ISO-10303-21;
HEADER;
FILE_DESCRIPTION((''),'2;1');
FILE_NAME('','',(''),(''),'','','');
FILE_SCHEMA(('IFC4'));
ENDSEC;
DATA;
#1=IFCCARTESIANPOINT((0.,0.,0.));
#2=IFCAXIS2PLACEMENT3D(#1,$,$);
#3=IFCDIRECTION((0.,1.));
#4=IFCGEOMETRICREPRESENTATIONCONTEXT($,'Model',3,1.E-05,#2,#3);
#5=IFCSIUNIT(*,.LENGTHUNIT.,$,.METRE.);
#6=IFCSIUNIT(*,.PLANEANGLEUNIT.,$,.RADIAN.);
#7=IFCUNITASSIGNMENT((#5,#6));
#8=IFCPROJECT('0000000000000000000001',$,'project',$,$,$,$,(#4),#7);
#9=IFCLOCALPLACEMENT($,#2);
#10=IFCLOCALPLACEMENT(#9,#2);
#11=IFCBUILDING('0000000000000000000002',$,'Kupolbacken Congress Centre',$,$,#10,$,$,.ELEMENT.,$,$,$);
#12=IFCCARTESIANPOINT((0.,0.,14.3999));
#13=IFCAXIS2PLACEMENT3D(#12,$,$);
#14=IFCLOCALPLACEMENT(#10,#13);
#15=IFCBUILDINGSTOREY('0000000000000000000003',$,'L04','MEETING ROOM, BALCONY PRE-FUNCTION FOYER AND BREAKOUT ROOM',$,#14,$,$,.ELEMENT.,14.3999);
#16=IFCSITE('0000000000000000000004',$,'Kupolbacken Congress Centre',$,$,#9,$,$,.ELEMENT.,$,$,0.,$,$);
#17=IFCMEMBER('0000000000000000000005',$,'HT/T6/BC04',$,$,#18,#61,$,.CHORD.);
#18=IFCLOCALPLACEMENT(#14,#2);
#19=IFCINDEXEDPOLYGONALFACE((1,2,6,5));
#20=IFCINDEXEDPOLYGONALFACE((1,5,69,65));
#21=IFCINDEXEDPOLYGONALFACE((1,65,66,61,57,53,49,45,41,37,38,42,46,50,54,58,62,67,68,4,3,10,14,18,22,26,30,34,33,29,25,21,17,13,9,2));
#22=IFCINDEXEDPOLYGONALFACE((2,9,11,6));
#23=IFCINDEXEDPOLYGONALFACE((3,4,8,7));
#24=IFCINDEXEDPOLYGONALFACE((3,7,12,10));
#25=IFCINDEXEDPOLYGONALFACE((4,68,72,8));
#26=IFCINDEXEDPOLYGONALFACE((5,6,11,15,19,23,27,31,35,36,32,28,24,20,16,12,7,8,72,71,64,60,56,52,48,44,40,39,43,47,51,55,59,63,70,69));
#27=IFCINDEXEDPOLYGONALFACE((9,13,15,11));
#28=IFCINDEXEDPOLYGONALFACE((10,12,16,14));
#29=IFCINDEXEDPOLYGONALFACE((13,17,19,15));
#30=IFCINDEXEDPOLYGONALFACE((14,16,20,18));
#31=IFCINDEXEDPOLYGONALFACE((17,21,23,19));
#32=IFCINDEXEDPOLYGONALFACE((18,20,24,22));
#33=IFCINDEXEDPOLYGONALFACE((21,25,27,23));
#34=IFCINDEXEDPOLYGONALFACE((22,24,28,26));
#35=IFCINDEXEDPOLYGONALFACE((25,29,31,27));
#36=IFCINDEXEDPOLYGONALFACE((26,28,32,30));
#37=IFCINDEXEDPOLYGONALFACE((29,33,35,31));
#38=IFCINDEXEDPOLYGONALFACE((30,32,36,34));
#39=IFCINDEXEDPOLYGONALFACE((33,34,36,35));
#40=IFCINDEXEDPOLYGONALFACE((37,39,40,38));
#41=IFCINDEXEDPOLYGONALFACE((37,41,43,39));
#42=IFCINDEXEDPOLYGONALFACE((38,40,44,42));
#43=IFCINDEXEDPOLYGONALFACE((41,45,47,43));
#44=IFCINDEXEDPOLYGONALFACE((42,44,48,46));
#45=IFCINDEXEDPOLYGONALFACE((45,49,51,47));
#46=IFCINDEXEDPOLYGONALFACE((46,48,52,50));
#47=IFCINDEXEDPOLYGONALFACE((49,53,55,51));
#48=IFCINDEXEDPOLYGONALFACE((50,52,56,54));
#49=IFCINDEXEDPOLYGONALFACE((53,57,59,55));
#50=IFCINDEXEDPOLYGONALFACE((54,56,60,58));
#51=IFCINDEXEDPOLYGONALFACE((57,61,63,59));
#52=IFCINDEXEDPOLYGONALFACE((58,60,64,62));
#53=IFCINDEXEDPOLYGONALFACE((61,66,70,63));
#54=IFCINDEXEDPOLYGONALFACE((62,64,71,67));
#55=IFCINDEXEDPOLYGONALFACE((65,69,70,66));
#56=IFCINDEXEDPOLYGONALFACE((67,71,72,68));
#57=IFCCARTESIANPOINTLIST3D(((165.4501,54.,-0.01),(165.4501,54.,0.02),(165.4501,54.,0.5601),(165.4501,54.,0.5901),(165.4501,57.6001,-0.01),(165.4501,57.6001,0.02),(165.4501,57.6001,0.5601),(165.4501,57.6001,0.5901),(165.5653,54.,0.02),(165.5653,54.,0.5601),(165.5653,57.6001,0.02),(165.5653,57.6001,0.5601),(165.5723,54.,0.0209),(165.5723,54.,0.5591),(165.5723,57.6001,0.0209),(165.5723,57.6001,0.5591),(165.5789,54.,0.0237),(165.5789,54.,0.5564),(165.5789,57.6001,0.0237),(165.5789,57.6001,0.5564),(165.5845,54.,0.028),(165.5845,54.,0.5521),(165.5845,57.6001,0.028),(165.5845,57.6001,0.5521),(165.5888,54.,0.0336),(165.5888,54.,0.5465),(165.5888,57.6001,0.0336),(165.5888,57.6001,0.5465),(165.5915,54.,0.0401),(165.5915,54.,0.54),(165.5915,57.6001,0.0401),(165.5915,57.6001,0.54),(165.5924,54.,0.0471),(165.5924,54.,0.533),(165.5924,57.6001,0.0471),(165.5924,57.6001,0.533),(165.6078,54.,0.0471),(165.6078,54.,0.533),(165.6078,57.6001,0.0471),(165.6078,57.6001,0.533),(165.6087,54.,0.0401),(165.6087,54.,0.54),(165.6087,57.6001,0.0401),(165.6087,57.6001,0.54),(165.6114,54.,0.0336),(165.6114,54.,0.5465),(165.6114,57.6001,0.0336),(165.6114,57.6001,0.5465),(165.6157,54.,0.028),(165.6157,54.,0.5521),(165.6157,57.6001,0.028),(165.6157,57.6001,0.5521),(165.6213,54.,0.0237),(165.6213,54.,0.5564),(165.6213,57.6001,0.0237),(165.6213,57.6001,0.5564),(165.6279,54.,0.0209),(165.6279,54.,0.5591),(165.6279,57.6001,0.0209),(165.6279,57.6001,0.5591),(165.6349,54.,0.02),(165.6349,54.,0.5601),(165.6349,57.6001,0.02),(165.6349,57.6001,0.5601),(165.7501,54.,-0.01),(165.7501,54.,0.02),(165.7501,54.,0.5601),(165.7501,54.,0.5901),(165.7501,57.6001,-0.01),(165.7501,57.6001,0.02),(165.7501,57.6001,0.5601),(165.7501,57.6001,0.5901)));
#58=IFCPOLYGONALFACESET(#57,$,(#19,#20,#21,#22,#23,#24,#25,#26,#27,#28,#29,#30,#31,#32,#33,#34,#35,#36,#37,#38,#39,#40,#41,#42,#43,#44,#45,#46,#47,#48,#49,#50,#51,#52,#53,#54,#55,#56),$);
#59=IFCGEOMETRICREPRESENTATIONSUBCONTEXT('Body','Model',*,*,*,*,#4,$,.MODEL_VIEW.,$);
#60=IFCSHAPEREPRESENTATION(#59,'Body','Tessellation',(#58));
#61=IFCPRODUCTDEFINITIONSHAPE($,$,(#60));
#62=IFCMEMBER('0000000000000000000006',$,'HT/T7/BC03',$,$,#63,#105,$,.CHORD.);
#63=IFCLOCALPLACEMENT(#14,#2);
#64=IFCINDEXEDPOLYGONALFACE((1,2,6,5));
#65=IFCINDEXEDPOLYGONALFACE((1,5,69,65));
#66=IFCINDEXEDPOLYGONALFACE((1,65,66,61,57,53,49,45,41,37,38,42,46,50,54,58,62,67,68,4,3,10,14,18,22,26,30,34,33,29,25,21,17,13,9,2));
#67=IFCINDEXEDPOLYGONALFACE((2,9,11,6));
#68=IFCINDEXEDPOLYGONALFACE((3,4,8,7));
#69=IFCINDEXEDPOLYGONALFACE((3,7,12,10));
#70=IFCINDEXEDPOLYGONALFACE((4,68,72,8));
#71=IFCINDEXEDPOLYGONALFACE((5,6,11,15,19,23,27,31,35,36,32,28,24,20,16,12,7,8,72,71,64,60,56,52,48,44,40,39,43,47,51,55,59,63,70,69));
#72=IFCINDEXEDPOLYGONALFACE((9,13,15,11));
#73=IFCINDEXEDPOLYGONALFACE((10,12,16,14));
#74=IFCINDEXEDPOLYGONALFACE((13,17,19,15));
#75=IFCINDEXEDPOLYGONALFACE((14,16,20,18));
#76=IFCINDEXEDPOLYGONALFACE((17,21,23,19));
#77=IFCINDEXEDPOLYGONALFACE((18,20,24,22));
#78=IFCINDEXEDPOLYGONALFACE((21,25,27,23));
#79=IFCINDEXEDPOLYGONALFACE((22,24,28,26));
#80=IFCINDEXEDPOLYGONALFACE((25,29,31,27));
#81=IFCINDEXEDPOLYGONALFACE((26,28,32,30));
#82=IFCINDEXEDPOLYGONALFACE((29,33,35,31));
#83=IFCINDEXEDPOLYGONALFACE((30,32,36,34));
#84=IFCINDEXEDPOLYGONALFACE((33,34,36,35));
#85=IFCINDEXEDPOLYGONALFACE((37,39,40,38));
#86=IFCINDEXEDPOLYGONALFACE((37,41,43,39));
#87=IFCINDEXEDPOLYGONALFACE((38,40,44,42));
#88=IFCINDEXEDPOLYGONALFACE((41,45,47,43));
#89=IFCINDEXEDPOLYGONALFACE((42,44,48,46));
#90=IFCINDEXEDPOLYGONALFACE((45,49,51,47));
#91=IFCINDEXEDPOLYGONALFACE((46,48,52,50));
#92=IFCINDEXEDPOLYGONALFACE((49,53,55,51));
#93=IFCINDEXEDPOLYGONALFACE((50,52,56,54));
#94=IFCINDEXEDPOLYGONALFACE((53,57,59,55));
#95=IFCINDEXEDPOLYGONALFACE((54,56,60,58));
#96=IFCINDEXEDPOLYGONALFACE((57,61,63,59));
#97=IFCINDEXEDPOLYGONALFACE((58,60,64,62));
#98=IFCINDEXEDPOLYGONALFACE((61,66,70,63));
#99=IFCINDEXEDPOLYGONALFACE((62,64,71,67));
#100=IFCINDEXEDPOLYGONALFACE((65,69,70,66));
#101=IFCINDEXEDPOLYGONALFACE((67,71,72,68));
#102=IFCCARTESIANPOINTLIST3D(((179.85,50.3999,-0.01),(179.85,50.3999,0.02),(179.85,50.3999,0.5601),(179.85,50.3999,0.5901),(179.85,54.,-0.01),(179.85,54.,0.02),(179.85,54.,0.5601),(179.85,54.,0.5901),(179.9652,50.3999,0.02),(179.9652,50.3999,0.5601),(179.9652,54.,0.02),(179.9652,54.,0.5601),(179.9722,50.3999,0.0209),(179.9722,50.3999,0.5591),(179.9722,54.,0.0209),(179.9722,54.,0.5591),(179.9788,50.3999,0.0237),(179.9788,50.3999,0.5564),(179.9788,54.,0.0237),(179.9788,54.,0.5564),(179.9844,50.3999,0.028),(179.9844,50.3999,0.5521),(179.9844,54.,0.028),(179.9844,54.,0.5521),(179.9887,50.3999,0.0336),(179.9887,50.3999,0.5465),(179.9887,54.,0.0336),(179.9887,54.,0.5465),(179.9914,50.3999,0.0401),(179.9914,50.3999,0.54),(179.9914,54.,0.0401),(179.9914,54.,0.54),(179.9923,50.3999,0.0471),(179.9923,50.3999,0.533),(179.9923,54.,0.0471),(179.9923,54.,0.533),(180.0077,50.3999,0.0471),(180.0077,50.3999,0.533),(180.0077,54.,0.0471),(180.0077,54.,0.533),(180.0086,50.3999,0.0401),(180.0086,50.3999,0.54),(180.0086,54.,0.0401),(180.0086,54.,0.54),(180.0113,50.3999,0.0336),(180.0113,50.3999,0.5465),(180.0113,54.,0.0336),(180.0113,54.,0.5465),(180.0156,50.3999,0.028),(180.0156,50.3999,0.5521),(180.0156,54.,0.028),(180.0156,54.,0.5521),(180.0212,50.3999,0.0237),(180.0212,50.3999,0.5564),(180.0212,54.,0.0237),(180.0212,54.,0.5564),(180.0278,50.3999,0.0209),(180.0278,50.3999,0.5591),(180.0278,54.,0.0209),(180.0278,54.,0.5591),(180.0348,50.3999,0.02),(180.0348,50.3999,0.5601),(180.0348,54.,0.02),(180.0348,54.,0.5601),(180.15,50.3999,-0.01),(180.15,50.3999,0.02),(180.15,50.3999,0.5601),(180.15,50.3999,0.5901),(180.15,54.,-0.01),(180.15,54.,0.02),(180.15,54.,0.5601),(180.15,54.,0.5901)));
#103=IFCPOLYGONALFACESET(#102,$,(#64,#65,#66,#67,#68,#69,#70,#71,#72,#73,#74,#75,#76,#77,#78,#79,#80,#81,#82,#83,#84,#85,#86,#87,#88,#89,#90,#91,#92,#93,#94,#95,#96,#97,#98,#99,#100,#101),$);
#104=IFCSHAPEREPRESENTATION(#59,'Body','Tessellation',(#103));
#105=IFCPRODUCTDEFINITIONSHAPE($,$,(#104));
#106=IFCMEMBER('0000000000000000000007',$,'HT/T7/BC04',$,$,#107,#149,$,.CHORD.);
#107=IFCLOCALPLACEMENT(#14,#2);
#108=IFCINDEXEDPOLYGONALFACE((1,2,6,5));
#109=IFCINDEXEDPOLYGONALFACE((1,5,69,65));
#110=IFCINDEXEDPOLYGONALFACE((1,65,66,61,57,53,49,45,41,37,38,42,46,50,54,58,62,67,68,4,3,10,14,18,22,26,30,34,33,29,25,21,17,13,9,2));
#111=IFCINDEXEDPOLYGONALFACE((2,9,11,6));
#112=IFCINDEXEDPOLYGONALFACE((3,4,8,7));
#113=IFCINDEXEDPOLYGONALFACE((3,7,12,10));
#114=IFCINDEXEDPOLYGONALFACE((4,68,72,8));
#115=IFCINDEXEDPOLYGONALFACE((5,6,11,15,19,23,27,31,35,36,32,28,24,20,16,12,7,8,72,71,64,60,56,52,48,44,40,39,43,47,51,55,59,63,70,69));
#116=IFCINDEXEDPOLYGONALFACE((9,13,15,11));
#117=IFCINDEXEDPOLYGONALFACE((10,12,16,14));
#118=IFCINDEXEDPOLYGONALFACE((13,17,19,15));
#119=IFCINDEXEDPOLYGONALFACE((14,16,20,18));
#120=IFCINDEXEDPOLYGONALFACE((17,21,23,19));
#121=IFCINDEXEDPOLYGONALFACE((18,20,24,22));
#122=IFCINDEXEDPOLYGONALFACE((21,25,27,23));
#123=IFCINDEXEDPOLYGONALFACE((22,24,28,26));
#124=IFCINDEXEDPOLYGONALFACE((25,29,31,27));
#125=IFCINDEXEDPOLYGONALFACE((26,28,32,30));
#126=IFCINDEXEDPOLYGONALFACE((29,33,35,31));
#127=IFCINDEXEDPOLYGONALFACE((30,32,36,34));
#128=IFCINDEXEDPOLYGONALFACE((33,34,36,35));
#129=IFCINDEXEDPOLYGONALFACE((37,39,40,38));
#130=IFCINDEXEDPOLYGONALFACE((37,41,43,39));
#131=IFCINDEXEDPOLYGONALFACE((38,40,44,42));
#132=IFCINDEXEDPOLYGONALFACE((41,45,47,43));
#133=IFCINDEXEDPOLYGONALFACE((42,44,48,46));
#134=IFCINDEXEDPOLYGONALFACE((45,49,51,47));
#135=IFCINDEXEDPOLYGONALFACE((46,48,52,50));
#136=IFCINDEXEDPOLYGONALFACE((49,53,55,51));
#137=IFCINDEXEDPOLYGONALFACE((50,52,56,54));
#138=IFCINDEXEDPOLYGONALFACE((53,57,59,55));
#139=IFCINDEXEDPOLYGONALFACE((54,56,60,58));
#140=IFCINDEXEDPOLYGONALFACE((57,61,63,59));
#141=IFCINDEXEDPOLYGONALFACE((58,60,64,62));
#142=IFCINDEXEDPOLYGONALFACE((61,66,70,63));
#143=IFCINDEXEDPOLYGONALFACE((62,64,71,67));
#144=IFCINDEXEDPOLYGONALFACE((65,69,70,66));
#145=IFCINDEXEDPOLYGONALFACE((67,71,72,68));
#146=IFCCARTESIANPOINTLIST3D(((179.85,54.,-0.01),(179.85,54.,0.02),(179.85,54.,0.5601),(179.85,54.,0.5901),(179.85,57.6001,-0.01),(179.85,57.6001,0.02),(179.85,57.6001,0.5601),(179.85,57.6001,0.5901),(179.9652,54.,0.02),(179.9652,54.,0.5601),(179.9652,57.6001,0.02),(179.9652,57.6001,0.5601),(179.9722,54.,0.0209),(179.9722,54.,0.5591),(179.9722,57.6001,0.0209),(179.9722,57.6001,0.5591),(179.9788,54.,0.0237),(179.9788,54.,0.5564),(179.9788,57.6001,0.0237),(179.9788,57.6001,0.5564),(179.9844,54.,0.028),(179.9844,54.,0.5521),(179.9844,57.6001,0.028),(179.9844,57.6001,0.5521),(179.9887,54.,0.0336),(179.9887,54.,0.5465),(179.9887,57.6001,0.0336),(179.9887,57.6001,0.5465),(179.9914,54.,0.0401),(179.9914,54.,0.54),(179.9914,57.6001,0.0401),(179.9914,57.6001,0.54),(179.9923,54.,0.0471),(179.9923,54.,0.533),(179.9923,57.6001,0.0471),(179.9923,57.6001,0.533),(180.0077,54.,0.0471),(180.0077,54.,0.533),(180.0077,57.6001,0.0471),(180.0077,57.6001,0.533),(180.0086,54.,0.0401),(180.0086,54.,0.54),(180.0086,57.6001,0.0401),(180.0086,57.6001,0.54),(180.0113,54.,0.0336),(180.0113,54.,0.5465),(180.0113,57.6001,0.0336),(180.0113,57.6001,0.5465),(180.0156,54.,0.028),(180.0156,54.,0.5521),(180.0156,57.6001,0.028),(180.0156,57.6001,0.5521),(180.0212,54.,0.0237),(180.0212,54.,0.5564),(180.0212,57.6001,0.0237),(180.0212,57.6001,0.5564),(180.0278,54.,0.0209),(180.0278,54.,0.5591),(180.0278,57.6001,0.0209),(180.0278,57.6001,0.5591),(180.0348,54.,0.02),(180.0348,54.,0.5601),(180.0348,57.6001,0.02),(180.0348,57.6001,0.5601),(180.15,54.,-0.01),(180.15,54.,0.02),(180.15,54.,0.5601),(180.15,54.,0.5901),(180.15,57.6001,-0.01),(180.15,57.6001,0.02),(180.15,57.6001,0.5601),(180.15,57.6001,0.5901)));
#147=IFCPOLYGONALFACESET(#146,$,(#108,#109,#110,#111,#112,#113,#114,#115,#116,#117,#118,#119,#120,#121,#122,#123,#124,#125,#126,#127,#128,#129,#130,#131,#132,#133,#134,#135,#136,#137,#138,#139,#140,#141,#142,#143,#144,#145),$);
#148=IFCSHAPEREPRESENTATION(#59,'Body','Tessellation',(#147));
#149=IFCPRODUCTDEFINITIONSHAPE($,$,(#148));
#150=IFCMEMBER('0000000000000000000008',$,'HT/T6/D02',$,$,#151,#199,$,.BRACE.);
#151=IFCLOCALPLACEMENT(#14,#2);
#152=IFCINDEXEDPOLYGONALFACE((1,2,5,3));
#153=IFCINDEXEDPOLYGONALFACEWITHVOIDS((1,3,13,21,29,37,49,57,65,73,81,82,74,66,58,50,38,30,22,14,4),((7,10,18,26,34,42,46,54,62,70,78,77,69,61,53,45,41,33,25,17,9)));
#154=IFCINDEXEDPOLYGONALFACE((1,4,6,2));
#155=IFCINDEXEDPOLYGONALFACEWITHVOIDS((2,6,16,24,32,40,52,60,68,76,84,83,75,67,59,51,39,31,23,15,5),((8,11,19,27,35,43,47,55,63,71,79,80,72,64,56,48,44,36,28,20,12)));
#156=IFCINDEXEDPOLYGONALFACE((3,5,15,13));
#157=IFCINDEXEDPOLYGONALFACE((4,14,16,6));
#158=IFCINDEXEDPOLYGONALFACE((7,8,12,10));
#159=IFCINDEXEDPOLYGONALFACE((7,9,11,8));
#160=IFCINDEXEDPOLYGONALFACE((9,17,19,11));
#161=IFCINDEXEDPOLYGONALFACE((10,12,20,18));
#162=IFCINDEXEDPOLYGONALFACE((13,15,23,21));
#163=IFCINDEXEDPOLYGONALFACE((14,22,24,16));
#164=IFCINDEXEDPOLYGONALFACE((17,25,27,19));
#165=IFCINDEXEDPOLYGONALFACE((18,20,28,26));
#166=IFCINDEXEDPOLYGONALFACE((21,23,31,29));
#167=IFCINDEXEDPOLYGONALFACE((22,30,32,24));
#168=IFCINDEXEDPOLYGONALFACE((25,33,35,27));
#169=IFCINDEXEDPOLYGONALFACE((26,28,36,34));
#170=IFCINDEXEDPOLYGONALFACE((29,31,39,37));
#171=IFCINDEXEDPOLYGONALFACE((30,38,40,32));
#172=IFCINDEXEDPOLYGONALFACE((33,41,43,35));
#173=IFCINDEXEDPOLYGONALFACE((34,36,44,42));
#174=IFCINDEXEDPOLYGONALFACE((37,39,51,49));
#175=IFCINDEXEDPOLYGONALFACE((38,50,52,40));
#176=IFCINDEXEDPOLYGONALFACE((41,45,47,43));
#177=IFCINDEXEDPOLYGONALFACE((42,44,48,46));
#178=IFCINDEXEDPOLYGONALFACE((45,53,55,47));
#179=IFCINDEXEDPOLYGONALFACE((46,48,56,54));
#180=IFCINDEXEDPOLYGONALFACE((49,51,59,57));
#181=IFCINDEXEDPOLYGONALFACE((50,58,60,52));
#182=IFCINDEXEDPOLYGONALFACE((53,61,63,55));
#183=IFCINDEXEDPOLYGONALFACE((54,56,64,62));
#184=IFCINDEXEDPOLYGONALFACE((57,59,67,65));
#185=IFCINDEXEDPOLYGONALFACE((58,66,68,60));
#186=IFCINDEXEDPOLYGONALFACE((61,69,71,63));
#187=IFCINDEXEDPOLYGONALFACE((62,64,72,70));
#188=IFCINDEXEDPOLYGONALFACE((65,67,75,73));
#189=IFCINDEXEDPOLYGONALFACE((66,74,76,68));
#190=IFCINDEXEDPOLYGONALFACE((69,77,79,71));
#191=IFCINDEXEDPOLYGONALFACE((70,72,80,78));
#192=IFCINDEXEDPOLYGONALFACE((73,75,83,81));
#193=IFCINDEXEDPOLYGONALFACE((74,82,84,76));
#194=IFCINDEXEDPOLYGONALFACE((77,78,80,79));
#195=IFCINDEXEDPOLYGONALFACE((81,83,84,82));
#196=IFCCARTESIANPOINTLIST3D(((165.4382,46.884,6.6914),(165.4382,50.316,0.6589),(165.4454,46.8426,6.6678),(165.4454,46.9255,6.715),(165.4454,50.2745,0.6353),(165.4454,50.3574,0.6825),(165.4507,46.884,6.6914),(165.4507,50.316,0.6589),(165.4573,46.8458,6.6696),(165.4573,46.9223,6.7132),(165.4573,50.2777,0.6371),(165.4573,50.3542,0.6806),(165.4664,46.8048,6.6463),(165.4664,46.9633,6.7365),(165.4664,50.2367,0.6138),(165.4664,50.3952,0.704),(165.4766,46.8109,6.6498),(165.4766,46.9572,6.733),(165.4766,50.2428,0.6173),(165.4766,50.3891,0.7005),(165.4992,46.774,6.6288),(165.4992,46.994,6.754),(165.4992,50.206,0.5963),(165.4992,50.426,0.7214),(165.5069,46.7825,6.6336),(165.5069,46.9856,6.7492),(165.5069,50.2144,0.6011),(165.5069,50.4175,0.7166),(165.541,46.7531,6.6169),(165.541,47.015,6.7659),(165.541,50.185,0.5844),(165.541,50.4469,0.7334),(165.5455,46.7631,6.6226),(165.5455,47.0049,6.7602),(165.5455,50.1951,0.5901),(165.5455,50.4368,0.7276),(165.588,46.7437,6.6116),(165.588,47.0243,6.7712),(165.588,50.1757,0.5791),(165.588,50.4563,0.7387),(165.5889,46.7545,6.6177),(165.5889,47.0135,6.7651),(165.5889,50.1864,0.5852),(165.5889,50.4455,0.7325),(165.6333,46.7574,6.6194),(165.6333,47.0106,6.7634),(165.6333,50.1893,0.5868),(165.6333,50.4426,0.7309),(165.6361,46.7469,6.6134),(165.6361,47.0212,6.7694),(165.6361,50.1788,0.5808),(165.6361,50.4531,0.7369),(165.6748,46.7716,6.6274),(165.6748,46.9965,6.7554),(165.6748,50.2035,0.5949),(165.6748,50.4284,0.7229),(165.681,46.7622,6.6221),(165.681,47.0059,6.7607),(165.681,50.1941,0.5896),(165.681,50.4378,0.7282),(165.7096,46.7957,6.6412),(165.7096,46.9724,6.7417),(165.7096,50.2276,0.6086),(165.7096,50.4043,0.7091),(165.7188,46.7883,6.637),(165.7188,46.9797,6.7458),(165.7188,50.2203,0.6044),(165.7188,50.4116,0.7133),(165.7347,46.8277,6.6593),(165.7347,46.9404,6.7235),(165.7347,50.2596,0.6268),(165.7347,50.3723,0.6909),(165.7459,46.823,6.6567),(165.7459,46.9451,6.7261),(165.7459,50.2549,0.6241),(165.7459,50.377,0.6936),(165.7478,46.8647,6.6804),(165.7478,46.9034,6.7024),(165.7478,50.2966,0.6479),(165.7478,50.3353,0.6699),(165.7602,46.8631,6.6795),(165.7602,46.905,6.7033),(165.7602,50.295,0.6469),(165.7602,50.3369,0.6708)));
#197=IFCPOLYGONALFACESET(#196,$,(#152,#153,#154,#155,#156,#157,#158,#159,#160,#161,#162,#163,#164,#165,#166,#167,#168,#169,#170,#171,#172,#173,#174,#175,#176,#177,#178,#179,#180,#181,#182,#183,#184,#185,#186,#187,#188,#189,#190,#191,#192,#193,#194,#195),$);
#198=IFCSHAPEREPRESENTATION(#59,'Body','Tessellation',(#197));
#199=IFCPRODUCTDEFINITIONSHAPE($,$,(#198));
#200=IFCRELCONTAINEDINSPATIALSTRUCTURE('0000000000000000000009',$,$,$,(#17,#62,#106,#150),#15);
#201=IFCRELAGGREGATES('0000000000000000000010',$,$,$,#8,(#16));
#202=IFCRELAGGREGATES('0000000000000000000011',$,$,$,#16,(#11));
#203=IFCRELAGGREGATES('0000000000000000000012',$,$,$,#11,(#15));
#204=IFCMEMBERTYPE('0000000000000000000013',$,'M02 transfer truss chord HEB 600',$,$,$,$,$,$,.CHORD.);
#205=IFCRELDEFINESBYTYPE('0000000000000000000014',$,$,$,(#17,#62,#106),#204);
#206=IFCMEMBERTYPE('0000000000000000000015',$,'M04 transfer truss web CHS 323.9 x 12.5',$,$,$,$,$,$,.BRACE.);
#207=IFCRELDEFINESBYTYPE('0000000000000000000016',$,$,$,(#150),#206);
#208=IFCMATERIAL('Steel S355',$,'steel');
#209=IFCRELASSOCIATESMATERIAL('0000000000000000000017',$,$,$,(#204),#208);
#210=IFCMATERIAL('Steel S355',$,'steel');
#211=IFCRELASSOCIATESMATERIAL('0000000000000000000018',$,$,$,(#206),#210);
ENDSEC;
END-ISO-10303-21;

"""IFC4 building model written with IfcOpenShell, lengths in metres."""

from ifc_helpers import new_model, si_unit, direction, frame, origin, origin_2d, place, context, subcontext, project, spatial, hollow_circle, i_section, extrude, material, material_profile, profile_set, type_object, element, save


model = new_model("IFC4")

# Units and contexts
model_context = context("Model", 3, precision=1e-05, world=origin(), true_north=direction((0.0, 1.0)))
body_context = subcontext(model_context, "Body", "Model", "MODEL_VIEW")
ifc_project = project(units=[si_unit("LENGTHUNIT", "METRE"), si_unit("PLANEANGLEUNIT", "RADIAN")], contexts=[model_context])

# Site, building, storey
site_placement = place(None, origin())
site = spatial("IfcSite", under=ifc_project, at=site_placement, Name="Kupolbacken Congress Centre", CompositionType="ELEMENT", RefElevation=0.0)
building_placement = place(site_placement, origin())
building = spatial("IfcBuilding", under=site, at=building_placement, Name="Kupolbacken Congress Centre", CompositionType="ELEMENT")
storey_placement = place(building_placement, frame((0.0, 0.0, 14.3999)))
storey = spatial("IfcBuildingStorey", under=building, at=storey_placement, Name="L04", Description="MEETING ROOM, BALCONY PRE-FUNCTION FOYER AND BREAKOUT ROOM", CompositionType="ELEMENT", Elevation=14.3999)

# Members
ifc_material_1 = material(Name="Steel S355", Category="steel")
ifc_material_profile_1 = material_profile(ifc_material_1, i_section(OverallWidth=0.3, OverallDepth=0.6001, WebThickness=0.0154, FlangeThickness=0.03, FilletRadius=0.0271, at=origin_2d()), Name="HEB 600")
ifc_profile_set_1 = profile_set([ifc_material_profile_1], Name="Steel S355")
member_type_1 = type_object("IfcMemberType", Name="M02 transfer truss chord HEB 600", PredefinedType="CHORD", material=ifc_profile_set_1)
for number, where, z_axis, x_axis, name in (
    (1, (165.6001, 54.0, 0.29), (0.0, 1.0, 0.0), (-1.0, 0.0, 0.0), "HT/T6/BC04"),
    (2, (180.0, 50.3999, 0.29), (0.0, 1.0, 0.0), (-1.0, 0.0, 0.0), "HT/T7/BC03"),
    (3, (180.0, 54.0, 0.29), (0.0, 1.0, 0.0), (-1.0, 0.0, 0.0), "HT/T7/BC04"),
):
    element("IfcMember", number, at=place(storey_placement, frame(where, z_axis=z_axis, x_axis=x_axis)), inside=storey, type_object=member_type_1, Name=name, PredefinedType="CHORD", context=body_context, shape_type="SweptSolid", body=[
        extrude(i_section(OverallWidth=0.3, OverallDepth=0.6001, WebThickness=0.0154, FlangeThickness=0.03, FilletRadius=0.0271, at=origin_2d()), origin(), (0.0, 0.0, 1.0), 3.6001),
    ])
ifc_material_2 = material(Name="Steel S355", Category="steel")
ifc_material_profile_2 = material_profile(ifc_material_2, hollow_circle(Radius=0.1619, WallThickness=0.0125, at=origin_2d()), Name="CHS 323.9 x 12.5")
ifc_profile_set_2 = profile_set([ifc_material_profile_2], Name="Steel S355")
member_type_2 = type_object("IfcMemberType", Name="M04 transfer truss web CHS 323.9 x 12.5", PredefinedType="BRACE", material=ifc_profile_set_2)
member_1_placement = place(storey_placement, frame((165.6001, 46.884, 6.6914), z_axis=(0.0, 0.494483, -0.869188), x_axis=(-1.0, 0.0, 0.0)))
element("IfcMember", 4, at=member_1_placement, inside=storey, type_object=member_type_2, Name="HT/T6/D02", PredefinedType="BRACE", context=body_context, shape_type="SweptSolid", body=[
    extrude(hollow_circle(Radius=0.1619, WallThickness=0.0125, at=origin_2d()), origin(), (0.0, 0.0, 1.0), 6.9404),
])

save(model, "model.ifc")
